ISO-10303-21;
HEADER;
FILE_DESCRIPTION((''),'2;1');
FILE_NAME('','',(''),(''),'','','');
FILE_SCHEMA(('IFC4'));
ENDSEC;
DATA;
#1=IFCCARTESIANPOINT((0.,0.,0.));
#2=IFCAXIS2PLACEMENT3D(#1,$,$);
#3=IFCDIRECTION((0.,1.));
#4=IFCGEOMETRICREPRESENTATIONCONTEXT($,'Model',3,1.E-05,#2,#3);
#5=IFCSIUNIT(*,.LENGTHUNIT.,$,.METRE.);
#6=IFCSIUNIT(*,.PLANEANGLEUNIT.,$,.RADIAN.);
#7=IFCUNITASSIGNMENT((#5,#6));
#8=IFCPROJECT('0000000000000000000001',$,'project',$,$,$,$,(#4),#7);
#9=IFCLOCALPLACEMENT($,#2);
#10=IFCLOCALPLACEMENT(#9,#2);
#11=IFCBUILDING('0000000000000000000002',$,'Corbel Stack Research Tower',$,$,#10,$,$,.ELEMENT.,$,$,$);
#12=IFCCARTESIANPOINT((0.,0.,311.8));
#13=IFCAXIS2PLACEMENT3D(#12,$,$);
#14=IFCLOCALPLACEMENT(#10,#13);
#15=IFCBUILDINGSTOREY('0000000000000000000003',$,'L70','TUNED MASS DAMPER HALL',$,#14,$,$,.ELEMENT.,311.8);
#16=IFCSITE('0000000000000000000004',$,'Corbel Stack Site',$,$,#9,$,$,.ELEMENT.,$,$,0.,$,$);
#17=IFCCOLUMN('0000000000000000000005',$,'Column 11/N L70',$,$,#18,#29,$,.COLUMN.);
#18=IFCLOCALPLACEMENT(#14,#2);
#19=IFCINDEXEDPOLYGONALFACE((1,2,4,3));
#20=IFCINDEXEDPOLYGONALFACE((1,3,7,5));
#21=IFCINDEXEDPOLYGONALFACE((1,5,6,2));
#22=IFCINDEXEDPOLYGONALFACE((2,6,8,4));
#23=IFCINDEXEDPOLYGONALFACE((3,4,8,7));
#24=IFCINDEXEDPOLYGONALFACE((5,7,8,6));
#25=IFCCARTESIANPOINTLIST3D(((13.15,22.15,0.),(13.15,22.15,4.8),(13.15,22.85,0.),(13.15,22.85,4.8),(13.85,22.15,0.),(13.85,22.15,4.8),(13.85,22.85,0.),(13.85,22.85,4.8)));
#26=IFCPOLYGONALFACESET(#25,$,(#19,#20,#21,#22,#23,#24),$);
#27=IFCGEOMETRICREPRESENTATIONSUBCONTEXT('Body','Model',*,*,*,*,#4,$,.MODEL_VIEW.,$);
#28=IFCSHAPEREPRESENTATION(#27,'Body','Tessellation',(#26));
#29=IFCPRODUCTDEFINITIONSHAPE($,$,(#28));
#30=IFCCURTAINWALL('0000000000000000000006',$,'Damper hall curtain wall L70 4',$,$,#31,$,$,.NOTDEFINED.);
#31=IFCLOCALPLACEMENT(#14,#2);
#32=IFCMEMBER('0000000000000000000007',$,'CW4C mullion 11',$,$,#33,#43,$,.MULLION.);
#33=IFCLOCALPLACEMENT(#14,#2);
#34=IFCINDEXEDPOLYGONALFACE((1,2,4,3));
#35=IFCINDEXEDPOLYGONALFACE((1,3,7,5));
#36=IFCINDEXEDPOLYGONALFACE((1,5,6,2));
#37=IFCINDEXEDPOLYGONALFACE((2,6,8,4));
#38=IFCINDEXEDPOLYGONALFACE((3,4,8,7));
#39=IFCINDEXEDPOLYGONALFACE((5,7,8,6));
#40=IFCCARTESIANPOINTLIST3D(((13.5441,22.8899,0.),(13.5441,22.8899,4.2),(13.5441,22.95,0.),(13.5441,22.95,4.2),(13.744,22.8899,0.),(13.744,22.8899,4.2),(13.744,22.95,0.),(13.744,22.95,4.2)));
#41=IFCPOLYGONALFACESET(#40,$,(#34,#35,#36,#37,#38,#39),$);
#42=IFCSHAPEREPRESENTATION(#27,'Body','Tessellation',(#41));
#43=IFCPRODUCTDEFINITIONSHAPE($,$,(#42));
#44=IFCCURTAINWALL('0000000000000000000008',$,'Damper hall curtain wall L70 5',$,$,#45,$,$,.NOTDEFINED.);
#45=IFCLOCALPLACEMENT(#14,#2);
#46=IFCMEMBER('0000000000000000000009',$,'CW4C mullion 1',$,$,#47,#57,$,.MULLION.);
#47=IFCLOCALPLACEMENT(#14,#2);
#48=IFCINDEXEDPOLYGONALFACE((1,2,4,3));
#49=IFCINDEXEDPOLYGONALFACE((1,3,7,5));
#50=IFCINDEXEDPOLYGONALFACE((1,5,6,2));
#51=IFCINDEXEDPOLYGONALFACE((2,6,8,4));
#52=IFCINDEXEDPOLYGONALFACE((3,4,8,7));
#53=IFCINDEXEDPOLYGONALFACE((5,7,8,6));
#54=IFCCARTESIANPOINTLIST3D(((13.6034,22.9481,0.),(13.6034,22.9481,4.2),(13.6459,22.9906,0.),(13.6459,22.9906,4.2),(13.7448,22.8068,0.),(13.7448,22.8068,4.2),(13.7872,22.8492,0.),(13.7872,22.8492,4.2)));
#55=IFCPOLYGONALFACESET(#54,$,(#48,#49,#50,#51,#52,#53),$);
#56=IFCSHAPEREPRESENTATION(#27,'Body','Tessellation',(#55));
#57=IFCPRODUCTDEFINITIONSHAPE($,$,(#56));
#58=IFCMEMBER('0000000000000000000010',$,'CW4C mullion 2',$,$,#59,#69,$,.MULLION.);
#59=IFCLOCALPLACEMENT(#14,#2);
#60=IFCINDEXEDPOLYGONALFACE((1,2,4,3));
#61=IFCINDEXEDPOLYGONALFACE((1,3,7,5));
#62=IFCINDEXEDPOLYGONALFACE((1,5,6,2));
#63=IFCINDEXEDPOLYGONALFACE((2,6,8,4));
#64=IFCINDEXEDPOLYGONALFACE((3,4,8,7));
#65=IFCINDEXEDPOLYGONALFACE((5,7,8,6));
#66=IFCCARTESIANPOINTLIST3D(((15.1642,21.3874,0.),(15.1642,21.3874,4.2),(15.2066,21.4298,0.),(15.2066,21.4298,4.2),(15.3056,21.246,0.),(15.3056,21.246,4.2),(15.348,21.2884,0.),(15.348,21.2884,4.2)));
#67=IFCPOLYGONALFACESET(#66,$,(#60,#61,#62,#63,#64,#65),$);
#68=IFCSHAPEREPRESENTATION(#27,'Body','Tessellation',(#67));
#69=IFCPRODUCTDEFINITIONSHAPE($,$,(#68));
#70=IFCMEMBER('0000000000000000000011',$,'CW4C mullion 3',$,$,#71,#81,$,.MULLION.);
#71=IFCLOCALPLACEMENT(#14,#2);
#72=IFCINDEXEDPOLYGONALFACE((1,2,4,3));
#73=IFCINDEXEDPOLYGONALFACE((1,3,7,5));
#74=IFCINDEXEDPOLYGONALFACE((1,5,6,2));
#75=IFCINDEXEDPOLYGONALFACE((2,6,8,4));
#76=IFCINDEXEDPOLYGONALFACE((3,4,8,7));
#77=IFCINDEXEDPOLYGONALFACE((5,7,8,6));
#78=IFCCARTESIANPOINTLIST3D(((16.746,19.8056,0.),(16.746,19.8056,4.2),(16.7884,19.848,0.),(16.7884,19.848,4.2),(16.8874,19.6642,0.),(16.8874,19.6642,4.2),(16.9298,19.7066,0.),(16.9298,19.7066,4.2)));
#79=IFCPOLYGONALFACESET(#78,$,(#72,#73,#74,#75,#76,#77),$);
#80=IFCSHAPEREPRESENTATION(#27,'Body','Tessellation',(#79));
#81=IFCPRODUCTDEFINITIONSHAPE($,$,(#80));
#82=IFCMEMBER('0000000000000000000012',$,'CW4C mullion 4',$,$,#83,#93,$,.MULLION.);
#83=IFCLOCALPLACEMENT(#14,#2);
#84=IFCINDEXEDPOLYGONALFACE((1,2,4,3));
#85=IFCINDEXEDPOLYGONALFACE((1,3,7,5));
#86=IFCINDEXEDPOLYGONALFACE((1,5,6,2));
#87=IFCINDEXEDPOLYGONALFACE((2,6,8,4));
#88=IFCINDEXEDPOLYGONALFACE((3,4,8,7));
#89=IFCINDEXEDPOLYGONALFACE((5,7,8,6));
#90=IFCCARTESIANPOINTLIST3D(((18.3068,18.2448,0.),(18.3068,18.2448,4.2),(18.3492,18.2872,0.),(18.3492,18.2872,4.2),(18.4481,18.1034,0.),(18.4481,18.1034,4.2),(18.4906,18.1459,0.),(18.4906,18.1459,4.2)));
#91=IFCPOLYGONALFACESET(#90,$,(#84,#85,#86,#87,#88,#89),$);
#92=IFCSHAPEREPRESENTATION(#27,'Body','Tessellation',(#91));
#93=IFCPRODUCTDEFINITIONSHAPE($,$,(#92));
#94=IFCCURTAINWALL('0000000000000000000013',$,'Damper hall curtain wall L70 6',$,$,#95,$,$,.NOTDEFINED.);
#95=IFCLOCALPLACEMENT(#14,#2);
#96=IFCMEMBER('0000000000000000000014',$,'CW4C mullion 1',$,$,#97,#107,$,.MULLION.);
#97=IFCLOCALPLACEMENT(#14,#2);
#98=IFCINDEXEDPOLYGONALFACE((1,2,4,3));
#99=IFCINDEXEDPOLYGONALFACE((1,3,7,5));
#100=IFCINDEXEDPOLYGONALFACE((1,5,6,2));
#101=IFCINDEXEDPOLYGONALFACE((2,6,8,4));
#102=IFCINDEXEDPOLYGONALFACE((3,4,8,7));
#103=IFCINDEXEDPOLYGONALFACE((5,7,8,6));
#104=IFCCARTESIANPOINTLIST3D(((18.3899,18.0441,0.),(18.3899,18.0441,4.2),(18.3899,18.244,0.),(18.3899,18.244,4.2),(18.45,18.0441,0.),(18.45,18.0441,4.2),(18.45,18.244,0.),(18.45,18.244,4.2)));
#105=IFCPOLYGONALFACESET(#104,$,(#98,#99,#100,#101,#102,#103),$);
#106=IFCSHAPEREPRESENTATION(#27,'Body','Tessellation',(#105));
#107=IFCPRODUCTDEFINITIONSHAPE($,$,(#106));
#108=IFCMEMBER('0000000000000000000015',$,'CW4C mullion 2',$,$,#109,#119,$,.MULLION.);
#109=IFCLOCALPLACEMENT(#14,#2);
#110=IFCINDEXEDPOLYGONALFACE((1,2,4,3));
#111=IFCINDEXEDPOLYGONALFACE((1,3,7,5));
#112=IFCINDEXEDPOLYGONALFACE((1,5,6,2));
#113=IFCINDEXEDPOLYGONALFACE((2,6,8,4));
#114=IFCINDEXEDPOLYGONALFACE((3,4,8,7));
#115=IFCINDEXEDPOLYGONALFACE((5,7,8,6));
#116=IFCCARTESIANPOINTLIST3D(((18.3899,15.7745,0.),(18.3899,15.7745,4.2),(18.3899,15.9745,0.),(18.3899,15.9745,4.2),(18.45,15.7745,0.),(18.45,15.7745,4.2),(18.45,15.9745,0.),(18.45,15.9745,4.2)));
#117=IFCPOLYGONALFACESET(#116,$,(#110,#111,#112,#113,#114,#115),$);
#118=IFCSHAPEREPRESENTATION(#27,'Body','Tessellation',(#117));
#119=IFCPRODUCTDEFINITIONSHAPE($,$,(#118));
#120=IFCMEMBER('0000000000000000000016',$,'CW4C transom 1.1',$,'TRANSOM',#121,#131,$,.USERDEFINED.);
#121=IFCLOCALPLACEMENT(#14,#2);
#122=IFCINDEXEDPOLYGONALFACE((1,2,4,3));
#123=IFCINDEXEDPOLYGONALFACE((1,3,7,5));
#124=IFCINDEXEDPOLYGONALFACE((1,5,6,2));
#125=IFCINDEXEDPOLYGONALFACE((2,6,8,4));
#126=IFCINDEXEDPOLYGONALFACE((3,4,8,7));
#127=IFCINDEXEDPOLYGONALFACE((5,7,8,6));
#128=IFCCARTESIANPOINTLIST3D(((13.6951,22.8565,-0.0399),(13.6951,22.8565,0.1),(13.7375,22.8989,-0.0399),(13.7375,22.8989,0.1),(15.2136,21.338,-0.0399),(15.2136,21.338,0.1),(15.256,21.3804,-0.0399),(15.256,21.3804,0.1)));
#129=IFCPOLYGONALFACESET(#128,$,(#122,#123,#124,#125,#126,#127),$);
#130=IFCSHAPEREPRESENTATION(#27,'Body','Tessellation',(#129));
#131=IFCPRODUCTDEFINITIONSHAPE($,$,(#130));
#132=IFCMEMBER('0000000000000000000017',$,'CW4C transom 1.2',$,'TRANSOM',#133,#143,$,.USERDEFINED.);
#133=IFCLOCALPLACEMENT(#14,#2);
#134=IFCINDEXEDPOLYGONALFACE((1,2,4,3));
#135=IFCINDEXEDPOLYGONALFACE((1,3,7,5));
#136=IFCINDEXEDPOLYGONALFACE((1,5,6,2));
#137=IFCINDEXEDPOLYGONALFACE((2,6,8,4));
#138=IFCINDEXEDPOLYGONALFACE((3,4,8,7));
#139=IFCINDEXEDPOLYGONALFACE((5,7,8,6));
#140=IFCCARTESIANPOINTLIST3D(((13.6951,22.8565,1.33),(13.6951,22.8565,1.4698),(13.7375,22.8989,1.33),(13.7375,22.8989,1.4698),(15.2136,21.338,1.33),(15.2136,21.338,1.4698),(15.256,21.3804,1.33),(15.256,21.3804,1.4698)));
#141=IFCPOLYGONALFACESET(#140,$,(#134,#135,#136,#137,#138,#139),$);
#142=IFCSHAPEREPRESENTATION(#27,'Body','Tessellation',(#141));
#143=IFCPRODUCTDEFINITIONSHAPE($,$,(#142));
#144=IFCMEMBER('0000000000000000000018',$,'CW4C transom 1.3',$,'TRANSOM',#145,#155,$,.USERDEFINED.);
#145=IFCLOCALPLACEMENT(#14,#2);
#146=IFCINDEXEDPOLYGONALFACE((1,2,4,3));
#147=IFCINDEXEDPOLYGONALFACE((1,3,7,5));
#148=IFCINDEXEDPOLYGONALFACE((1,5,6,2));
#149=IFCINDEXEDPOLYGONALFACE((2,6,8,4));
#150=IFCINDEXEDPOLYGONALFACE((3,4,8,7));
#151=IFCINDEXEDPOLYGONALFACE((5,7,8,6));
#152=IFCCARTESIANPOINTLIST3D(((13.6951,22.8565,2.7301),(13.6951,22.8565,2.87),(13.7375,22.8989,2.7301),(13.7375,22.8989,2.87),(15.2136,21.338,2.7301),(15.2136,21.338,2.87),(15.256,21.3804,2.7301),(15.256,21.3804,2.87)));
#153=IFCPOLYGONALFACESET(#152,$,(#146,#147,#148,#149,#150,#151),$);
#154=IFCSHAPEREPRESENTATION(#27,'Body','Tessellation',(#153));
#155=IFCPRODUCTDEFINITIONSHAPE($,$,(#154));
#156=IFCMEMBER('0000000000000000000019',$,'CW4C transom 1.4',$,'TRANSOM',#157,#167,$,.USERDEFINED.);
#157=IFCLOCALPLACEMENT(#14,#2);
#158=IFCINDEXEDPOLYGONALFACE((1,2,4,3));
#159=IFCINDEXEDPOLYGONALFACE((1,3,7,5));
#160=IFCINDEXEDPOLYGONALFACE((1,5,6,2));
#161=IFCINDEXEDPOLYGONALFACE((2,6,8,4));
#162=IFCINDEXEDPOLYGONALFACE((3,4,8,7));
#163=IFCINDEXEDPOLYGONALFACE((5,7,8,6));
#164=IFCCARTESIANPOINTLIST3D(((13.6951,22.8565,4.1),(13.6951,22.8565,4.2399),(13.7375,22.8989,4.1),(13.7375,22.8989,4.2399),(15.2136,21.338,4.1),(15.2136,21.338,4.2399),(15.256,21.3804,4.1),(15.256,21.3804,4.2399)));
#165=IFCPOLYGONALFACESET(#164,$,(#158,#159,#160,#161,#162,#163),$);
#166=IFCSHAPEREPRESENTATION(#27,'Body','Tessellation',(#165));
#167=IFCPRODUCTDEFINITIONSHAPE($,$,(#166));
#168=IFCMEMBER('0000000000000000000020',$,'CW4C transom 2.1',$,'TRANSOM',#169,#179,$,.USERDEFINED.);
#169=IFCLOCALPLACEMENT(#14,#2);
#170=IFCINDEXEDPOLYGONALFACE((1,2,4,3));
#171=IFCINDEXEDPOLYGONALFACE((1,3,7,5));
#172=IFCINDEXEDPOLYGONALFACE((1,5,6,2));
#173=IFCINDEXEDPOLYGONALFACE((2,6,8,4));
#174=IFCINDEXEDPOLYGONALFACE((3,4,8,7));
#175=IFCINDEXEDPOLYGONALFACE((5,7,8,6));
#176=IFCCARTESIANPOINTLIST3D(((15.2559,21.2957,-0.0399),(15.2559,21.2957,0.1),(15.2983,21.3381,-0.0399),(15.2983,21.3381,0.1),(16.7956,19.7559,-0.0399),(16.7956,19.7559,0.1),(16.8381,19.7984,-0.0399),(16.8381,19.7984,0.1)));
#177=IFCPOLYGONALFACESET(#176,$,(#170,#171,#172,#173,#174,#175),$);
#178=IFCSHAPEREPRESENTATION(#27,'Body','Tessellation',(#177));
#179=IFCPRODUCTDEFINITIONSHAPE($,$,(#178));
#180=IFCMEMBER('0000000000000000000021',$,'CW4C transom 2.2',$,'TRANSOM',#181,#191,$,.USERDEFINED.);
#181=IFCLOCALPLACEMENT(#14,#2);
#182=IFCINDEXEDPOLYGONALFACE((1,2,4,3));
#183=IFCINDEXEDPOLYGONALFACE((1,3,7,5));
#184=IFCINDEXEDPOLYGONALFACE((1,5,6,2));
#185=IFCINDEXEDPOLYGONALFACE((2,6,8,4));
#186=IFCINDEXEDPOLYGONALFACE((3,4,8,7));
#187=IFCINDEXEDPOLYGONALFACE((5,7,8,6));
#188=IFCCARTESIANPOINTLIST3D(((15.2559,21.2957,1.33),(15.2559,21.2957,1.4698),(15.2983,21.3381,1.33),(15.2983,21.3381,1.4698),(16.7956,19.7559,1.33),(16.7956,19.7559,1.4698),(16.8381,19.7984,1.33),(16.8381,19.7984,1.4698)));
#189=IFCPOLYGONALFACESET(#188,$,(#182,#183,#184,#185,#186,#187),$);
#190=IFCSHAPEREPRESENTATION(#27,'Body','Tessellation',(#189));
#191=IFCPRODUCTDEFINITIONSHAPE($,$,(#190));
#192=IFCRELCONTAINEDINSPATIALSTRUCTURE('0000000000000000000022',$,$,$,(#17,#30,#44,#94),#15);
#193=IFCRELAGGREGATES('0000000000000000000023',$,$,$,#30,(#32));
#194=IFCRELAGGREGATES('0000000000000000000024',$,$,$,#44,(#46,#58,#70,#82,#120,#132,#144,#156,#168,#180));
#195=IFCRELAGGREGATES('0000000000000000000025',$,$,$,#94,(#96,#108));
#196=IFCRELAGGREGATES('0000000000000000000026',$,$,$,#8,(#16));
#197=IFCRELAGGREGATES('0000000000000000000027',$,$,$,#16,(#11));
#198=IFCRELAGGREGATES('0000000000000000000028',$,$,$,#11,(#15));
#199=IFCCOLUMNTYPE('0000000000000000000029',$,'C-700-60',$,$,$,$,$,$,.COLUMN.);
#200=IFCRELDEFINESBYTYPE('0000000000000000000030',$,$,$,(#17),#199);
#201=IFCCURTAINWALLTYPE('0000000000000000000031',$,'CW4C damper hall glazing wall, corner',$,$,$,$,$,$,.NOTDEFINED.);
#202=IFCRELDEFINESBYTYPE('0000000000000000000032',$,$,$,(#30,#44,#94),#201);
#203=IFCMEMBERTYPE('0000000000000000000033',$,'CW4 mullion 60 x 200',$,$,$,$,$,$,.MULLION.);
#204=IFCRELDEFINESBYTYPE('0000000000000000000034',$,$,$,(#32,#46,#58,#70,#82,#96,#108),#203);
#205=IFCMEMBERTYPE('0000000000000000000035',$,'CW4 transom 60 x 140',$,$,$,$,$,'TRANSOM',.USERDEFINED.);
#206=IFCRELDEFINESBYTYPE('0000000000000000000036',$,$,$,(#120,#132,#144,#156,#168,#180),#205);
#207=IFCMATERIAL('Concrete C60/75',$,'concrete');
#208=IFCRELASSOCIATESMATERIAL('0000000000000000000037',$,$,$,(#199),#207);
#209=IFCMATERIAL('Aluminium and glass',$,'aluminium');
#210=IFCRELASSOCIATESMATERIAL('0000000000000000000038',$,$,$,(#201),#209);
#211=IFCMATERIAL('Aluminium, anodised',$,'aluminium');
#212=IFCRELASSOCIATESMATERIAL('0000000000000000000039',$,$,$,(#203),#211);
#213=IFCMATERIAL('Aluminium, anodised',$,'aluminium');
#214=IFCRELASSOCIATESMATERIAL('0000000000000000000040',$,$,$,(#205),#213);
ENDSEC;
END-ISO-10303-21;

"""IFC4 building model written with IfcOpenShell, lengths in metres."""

from ifc_helpers import new_model, si_unit, direction, frame, origin, origin_2d, place, context, subcontext, project, spatial, rectangle, extrude, material, material_profile, profile_set, type_object, element, aggregate, save


model = new_model("IFC4")

# Units and contexts
model_context = context("Model", 3, precision=1e-05, world=origin(), true_north=direction((0.0, 1.0)))
body_context = subcontext(model_context, "Body", "Model", "MODEL_VIEW")
ifc_project = project(units=[si_unit("LENGTHUNIT", "METRE"), si_unit("PLANEANGLEUNIT", "RADIAN")], contexts=[model_context])

# Site, building, storey
site_placement = place(None, origin())
site = spatial("IfcSite", under=ifc_project, at=site_placement, Name="Corbel Stack Site", CompositionType="ELEMENT", RefElevation=0.0)
building_placement = place(site_placement, origin())
building = spatial("IfcBuilding", under=site, at=building_placement, Name="Corbel Stack Research Tower", CompositionType="ELEMENT")
storey_placement = place(building_placement, frame((0.0, 0.0, 311.8)))
storey = spatial("IfcBuildingStorey", under=building, at=storey_placement, Name="L70", Description="TUNED MASS DAMPER HALL", CompositionType="ELEMENT", Elevation=311.8)

# Column
ifc_material_1 = material(Name="Concrete C60/75", Category="concrete")
ifc_material_profile_1 = material_profile(ifc_material_1, rectangle(XDim=0.7, YDim=0.7, at=origin_2d()), Name="RC 700 x 700")
ifc_profile_set_1 = profile_set([ifc_material_profile_1], Name="Concrete C60/75")
column_type = type_object("IfcColumnType", Name="C-700-60", PredefinedType="COLUMN", material=ifc_profile_set_1)
column_placement = place(storey_placement, frame((13.5, 22.5, 0.0), z_axis=(0.0, 0.0, 1.0), x_axis=(1.0, 0.0, 0.0)))
element("IfcColumn", 1, at=column_placement, inside=storey, type_object=column_type, Name="Column 11/N L70", PredefinedType="COLUMN", context=body_context, shape_type="SweptSolid", body=[
    extrude(rectangle(XDim=0.7, YDim=0.7, at=origin_2d()), origin(), (0.0, 0.0, 1.0), 4.8),
])

# Curtain wall, member
ifc_material_2 = material(Name="Aluminium and glass", Category="aluminium")
curtain_wall_type = type_object("IfcCurtainWallType", Name="CW4C damper hall glazing wall, corner", PredefinedType="NOTDEFINED", material=ifc_material_2)
curtain_wall_1_placement = place(storey_placement, origin())
curtain_wall_1 = element("IfcCurtainWall", 2, at=curtain_wall_1_placement, inside=storey, type_object=curtain_wall_type, Name="Damper hall curtain wall L70 4", PredefinedType="NOTDEFINED")
ifc_material_3 = material(Name="Aluminium, anodised", Category="aluminium")
ifc_material_profile_2 = material_profile(ifc_material_3, rectangle(XDim=0.0601, YDim=0.2, at=origin_2d()), Name="CW4 mullion 60 x 200")
ifc_profile_set_2 = profile_set([ifc_material_profile_2], Name="Aluminium, anodised")
member_type_1 = type_object("IfcMemberType", Name="CW4 mullion 60 x 200", PredefinedType="MULLION", material=ifc_profile_set_2)
member_1_placement = place(storey_placement, frame((13.644, 22.9199, 0.0), z_axis=(0.0, 0.0, 1.0), x_axis=(0.0, 1.0, 0.0)))
member_1 = element("IfcMember", 3, at=member_1_placement, type_object=member_type_1, Name="CW4C mullion 11", PredefinedType="MULLION", context=body_context, shape_type="SweptSolid", body=[
    extrude(rectangle(XDim=0.0601, YDim=0.2, at=origin_2d()), origin(), (0.0, 0.0, 1.0), 4.2),
])
aggregate(curtain_wall_1, [member_1])

# Curtain walls, members
curtain_wall_2_placement = place(storey_placement, origin())
curtain_wall_2 = element("IfcCurtainWall", 4, at=curtain_wall_2_placement, inside=storey, type_object=curtain_wall_type, Name="Damper hall curtain wall L70 5", PredefinedType="NOTDEFINED")
member_2_placement = place(storey_placement, frame((13.6953, 22.8987, 0.0), z_axis=(0.0, 0.0, 1.0), x_axis=(0.707107, 0.707107, 0.0)))
member_2 = element("IfcMember", 5, at=member_2_placement, type_object=member_type_1, Name="CW4C mullion 1", PredefinedType="MULLION", context=body_context, shape_type="SweptSolid", body=[
    extrude(rectangle(XDim=0.0601, YDim=0.2, at=origin_2d()), origin(), (0.0, 0.0, 1.0), 4.2),
])
member_3_placement = place(storey_placement, frame((15.2561, 21.3379, 0.0), z_axis=(0.0, 0.0, 1.0), x_axis=(0.707107, 0.707107, 0.0)))
member_3 = element("IfcMember", 6, at=member_3_placement, type_object=member_type_1, Name="CW4C mullion 2", PredefinedType="MULLION", context=body_context, shape_type="SweptSolid", body=[
    extrude(rectangle(XDim=0.0601, YDim=0.2, at=origin_2d()), origin(), (0.0, 0.0, 1.0), 4.2),
])
member_4_placement = place(storey_placement, frame((16.8379, 19.7561, 0.0), z_axis=(0.0, 0.0, 1.0), x_axis=(0.707107, 0.707107, 0.0)))
member_4 = element("IfcMember", 7, at=member_4_placement, type_object=member_type_1, Name="CW4C mullion 3", PredefinedType="MULLION", context=body_context, shape_type="SweptSolid", body=[
    extrude(rectangle(XDim=0.0601, YDim=0.2, at=origin_2d()), origin(), (0.0, 0.0, 1.0), 4.2),
])
member_5_placement = place(storey_placement, frame((18.3987, 18.1953, 0.0), z_axis=(0.0, 0.0, 1.0), x_axis=(0.707107, 0.707107, 0.0)))
member_5 = element("IfcMember", 8, at=member_5_placement, type_object=member_type_1, Name="CW4C mullion 4", PredefinedType="MULLION", context=body_context, shape_type="SweptSolid", body=[
    extrude(rectangle(XDim=0.0601, YDim=0.2, at=origin_2d()), origin(), (0.0, 0.0, 1.0), 4.2),
])
curtain_wall_3_placement = place(storey_placement, origin())
curtain_wall_3 = element("IfcCurtainWall", 9, at=curtain_wall_3_placement, inside=storey, type_object=curtain_wall_type, Name="Damper hall curtain wall L70 6", PredefinedType="NOTDEFINED")
member_6_placement = place(storey_placement, frame((18.4199, 18.144, 0.0), z_axis=(0.0, 0.0, 1.0), x_axis=(1.0, 0.0, 0.0)))
member_6 = element("IfcMember", 10, at=member_6_placement, type_object=member_type_1, Name="CW4C mullion 1", PredefinedType="MULLION", context=body_context, shape_type="SweptSolid", body=[
    extrude(rectangle(XDim=0.0601, YDim=0.2, at=origin_2d()), origin(), (0.0, 0.0, 1.0), 4.2),
])
member_7_placement = place(storey_placement, frame((18.4199, 15.8745, 0.0), z_axis=(0.0, 0.0, 1.0), x_axis=(1.0, 0.0, 0.0)))
member_7 = element("IfcMember", 11, at=member_7_placement, type_object=member_type_1, Name="CW4C mullion 2", PredefinedType="MULLION", context=body_context, shape_type="SweptSolid", body=[
    extrude(rectangle(XDim=0.0601, YDim=0.2, at=origin_2d()), origin(), (0.0, 0.0, 1.0), 4.2),
])

# Members
ifc_material_4 = material(Name="Aluminium, anodised", Category="aluminium")
ifc_material_profile_3 = material_profile(ifc_material_4, rectangle(XDim=0.0601, YDim=0.1399, at=origin_2d()), Name="CW4 transom 60 x 140")
ifc_profile_set_3 = profile_set([ifc_material_profile_3], Name="Aluminium, anodised")
member_type_2 = type_object("IfcMemberType", Name="CW4 transom 60 x 140", ElementType="TRANSOM", PredefinedType="USERDEFINED", material=ifc_profile_set_3)
member_8_placement = place(storey_placement, frame((13.7163, 22.8777, 0.03), z_axis=(0.707107, -0.707107, 0.0), x_axis=(0.707107, 0.707107, 0.0)))
member_8 = element("IfcMember", 12, at=member_8_placement, type_object=member_type_2, Name="CW4C transom 1.1", ObjectType="TRANSOM", PredefinedType="USERDEFINED", context=body_context, shape_type="SweptSolid", body=[
    extrude(rectangle(XDim=0.0601, YDim=0.1399, at=origin_2d()), origin(), (0.0, 0.0, 1.0), 2.1475),
])
member_9_placement = place(storey_placement, frame((13.7163, 22.8777, 1.3999), z_axis=(0.707107, -0.707107, 0.0), x_axis=(0.707107, 0.707107, 0.0)))
member_9 = element("IfcMember", 13, at=member_9_placement, type_object=member_type_2, Name="CW4C transom 1.2", ObjectType="TRANSOM", PredefinedType="USERDEFINED", context=body_context, shape_type="SweptSolid", body=[
    extrude(rectangle(XDim=0.0601, YDim=0.1399, at=origin_2d()), origin(), (0.0, 0.0, 1.0), 2.1475),
])
member_10_placement = place(storey_placement, frame((13.7163, 22.8777, 2.8), z_axis=(0.707107, -0.707107, 0.0), x_axis=(0.707107, 0.707107, 0.0)))
member_10 = element("IfcMember", 14, at=member_10_placement, type_object=member_type_2, Name="CW4C transom 1.3", ObjectType="TRANSOM", PredefinedType="USERDEFINED", context=body_context, shape_type="SweptSolid", body=[
    extrude(rectangle(XDim=0.0601, YDim=0.1399, at=origin_2d()), origin(), (0.0, 0.0, 1.0), 2.1475),
])
member_11_placement = place(storey_placement, frame((13.7163, 22.8777, 4.1699), z_axis=(0.707107, -0.707107, 0.0), x_axis=(0.707107, 0.707107, 0.0)))
member_11 = element("IfcMember", 15, at=member_11_placement, type_object=member_type_2, Name="CW4C transom 1.4", ObjectType="TRANSOM", PredefinedType="USERDEFINED", context=body_context, shape_type="SweptSolid", body=[
    extrude(rectangle(XDim=0.0601, YDim=0.1399, at=origin_2d()), origin(), (0.0, 0.0, 1.0), 2.1475),
])
member_12_placement = place(storey_placement, frame((15.2771, 21.3169, 0.03), z_axis=(0.707107, -0.707107, 0.0), x_axis=(0.707107, 0.707107, 0.0)))
member_12 = element("IfcMember", 16, at=member_12_placement, type_object=member_type_2, Name="CW4C transom 2.1", ObjectType="TRANSOM", PredefinedType="USERDEFINED", context=body_context, shape_type="SweptSolid", body=[
    extrude(rectangle(XDim=0.0601, YDim=0.1399, at=origin_2d()), origin(), (0.0, 0.0, 1.0), 2.1775),
])
member_13_placement = place(storey_placement, frame((15.2771, 21.3169, 1.3999), z_axis=(0.707107, -0.707107, 0.0), x_axis=(0.707107, 0.707107, 0.0)))
member_13 = element("IfcMember", 17, at=member_13_placement, type_object=member_type_2, Name="CW4C transom 2.2", ObjectType="TRANSOM", PredefinedType="USERDEFINED", context=body_context, shape_type="SweptSolid", body=[
    extrude(rectangle(XDim=0.0601, YDim=0.1399, at=origin_2d()), origin(), (0.0, 0.0, 1.0), 2.1775),
])

aggregate(curtain_wall_2, [member_2, member_3, member_4, member_5, member_8, member_9, member_10, member_11, member_12, member_13])
aggregate(curtain_wall_3, [member_6, member_7])

save(model, "model.ifc")
